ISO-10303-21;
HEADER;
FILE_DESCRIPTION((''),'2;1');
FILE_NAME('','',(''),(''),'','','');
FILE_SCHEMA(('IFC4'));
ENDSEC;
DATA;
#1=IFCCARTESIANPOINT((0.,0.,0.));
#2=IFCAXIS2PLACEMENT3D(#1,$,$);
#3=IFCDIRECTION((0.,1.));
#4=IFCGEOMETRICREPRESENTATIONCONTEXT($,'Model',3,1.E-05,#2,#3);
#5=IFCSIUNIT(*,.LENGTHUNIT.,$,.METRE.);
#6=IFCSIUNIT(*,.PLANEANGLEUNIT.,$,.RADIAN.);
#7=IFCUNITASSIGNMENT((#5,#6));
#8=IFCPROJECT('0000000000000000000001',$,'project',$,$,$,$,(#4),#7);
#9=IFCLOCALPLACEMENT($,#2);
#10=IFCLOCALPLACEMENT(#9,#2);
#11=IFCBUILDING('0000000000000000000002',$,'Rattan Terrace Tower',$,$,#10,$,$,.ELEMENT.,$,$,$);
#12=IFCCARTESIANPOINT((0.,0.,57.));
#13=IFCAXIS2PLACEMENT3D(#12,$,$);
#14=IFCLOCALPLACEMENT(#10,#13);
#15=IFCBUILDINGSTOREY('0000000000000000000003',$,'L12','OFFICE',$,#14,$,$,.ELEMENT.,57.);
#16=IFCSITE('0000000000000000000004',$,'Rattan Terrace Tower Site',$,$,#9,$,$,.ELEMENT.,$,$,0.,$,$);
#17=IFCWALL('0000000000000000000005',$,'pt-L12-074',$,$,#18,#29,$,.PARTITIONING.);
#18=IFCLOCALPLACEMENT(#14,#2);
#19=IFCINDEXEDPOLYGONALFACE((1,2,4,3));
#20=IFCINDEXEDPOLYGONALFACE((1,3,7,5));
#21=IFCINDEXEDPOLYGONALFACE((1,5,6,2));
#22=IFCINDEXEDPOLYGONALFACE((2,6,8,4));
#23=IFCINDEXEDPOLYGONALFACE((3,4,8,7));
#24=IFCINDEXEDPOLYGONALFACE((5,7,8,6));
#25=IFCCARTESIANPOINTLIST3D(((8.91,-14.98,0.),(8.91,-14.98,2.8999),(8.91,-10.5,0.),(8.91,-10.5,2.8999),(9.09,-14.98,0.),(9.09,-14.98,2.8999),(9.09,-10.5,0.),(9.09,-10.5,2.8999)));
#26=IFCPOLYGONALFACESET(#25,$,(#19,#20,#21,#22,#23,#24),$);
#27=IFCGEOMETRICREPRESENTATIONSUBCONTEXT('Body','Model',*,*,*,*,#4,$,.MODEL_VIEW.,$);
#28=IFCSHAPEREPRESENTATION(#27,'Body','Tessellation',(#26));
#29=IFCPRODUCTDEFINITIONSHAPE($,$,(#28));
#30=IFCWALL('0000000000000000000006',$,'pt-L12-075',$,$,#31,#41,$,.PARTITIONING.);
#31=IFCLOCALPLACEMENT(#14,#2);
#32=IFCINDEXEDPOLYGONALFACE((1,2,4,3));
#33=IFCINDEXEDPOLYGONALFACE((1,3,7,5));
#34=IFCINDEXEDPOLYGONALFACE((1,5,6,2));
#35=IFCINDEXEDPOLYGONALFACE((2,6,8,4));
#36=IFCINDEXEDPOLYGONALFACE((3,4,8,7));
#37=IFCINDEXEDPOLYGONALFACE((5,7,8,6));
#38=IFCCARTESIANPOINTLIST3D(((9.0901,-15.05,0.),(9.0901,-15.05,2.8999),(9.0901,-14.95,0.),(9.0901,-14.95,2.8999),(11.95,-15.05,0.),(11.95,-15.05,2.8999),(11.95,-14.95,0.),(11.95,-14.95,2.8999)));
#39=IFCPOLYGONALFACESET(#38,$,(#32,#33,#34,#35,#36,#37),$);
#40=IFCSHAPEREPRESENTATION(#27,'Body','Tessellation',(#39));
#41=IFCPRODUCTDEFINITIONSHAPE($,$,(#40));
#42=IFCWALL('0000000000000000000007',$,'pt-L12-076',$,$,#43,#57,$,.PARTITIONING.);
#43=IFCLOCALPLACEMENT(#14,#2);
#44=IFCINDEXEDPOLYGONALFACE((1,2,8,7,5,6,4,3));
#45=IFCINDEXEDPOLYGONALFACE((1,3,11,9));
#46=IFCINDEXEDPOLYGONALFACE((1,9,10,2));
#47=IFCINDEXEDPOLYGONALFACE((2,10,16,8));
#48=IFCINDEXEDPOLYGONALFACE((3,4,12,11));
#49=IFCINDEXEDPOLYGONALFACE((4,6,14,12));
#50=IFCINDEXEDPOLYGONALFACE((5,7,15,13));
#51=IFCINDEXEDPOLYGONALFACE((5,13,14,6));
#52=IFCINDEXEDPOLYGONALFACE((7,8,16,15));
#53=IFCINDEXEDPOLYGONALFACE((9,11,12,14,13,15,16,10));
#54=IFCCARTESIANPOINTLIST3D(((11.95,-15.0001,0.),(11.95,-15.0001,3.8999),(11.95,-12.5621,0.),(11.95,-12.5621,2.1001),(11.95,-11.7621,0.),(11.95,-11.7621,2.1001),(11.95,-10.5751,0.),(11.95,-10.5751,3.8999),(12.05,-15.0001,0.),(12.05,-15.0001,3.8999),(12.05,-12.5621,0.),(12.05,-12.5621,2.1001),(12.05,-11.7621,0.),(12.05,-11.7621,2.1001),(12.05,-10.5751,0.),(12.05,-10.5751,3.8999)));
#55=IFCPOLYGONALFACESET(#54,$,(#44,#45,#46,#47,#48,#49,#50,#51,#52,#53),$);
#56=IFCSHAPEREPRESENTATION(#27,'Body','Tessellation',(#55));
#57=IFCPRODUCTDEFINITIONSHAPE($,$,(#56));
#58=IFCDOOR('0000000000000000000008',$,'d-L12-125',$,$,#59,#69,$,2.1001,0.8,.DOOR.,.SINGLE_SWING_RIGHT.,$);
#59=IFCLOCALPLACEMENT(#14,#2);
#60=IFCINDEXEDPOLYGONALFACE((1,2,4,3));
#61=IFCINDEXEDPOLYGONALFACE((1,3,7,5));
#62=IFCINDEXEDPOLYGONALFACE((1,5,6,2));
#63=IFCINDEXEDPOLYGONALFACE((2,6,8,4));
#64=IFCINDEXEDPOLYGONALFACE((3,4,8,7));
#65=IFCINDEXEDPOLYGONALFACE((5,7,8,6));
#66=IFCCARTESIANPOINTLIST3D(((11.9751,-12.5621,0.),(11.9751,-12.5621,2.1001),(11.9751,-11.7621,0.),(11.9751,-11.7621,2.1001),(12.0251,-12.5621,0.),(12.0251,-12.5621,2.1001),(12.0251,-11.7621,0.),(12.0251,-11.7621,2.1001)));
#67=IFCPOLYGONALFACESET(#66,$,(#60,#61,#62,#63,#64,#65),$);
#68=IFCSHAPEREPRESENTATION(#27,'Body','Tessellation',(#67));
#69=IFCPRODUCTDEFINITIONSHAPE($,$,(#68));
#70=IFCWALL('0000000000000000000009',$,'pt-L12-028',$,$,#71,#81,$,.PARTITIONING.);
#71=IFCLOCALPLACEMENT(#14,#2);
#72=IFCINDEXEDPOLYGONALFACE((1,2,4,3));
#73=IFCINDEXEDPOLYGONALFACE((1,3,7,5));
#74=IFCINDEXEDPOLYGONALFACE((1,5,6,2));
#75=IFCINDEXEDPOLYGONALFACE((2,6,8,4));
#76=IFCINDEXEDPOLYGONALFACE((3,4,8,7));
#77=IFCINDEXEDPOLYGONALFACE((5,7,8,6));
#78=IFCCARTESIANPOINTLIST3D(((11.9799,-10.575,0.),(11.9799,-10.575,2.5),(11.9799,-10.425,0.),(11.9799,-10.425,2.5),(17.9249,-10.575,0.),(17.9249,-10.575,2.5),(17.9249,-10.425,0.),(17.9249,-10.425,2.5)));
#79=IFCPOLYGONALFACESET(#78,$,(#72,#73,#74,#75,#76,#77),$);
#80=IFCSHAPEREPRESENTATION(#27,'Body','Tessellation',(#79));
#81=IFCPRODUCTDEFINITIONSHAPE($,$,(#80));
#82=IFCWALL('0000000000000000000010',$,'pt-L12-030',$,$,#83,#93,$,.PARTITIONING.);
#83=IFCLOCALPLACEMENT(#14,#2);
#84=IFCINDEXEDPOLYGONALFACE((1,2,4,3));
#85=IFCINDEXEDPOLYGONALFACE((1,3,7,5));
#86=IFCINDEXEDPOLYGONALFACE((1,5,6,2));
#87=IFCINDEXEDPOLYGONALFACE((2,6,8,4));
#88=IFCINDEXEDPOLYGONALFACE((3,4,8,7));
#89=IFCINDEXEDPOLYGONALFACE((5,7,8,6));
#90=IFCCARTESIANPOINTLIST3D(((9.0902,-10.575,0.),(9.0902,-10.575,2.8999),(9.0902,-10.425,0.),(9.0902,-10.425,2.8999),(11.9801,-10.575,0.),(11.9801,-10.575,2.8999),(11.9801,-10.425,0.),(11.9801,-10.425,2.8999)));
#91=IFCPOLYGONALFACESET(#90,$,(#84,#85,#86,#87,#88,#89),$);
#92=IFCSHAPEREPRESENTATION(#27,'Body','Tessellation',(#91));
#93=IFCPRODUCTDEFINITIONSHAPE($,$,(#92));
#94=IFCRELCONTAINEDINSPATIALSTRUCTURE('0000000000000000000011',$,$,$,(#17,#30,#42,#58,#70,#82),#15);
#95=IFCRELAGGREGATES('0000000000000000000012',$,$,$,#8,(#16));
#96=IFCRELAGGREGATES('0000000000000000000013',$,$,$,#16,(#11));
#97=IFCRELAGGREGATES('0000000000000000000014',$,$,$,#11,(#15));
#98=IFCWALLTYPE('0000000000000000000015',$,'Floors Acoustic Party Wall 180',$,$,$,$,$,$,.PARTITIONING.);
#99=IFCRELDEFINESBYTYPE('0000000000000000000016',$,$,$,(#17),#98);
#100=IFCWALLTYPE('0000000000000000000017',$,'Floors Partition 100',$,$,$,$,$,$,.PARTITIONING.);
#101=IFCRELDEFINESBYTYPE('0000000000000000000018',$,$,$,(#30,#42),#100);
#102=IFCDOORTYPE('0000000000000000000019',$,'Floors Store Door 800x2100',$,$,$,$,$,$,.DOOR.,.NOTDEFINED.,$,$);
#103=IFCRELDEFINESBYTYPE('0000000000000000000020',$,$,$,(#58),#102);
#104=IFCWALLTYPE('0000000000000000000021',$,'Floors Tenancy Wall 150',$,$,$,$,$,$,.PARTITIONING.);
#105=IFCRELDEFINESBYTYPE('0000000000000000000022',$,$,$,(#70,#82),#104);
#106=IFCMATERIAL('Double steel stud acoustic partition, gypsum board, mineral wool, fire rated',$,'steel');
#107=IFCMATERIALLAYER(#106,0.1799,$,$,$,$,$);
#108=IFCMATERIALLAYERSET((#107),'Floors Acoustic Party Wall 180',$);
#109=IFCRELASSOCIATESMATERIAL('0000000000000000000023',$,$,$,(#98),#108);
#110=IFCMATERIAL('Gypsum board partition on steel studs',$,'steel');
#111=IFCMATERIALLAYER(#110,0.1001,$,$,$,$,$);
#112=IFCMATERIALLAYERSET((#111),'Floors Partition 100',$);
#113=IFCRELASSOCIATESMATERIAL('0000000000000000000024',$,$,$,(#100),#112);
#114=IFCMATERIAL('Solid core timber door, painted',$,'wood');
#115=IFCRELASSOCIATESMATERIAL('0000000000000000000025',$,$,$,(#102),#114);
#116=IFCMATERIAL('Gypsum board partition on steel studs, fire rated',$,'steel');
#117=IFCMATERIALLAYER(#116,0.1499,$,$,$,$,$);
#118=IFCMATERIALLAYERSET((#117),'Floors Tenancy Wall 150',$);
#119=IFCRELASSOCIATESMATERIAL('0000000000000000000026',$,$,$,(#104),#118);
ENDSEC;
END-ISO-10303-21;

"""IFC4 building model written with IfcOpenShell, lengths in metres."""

from ifc_helpers import new_model, si_unit, direction, frame, frame_2d, origin, place, context, subcontext, project, spatial, rectangle, extrude, material, layer, layer_set, type_object, element, fill, save


model = new_model("IFC4")

# Units and contexts
model_context = context("Model", 3, precision=1e-05, world=origin(), true_north=direction((0.0, 1.0)))
body_context = subcontext(model_context, "Body", "Model", "MODEL_VIEW")
ifc_project = project(units=[si_unit("LENGTHUNIT", "METRE"), si_unit("PLANEANGLEUNIT", "RADIAN")], contexts=[model_context])

# Site, building, storey
site_placement = place(None, origin())
site = spatial("IfcSite", under=ifc_project, at=site_placement, Name="Rattan Terrace Tower Site", CompositionType="ELEMENT", RefElevation=0.0)
building_placement = place(site_placement, origin())
building = spatial("IfcBuilding", under=site, at=building_placement, Name="Rattan Terrace Tower", CompositionType="ELEMENT")
storey_placement = place(building_placement, frame((0.0, 0.0, 57.0)))
storey = spatial("IfcBuildingStorey", under=building, at=storey_placement, Name="L12", Description="OFFICE", CompositionType="ELEMENT", Elevation=57.0)

# Walls
ifc_material_1 = material(Name="Double steel stud acoustic partition, gypsum board, mineral wool, fire rated", Category="steel")
ifc_layer_1 = layer(ifc_material_1, 0.1799)
ifc_layer_set_1 = layer_set([ifc_layer_1], Name="Floors Acoustic Party Wall 180")
wall_type_1 = type_object("IfcWallType", Name="Floors Acoustic Party Wall 180", PredefinedType="PARTITIONING", material=ifc_layer_set_1)
wall_1_placement = place(storey_placement, frame((9.0, -10.5, 0.0), z_axis=(0.0, 0.0, 1.0), x_axis=(0.0, -1.0, 0.0)))
element("IfcWall", 1, at=wall_1_placement, inside=storey, type_object=wall_type_1, Name="pt-L12-074", PredefinedType="PARTITIONING", context=body_context, shape_type="SweptSolid", body=[
    extrude(rectangle(XDim=4.48, YDim=0.1799, at=frame_2d((2.24, 0.0))), origin(), (0.0, 0.0, 1.0), 2.8999),
])
ifc_material_2 = material(Name="Gypsum board partition on steel studs", Category="steel")
ifc_layer_2 = layer(ifc_material_2, 0.1001)
ifc_layer_set_2 = layer_set([ifc_layer_2], Name="Floors Partition 100")
wall_type_2 = type_object("IfcWallType", Name="Floors Partition 100", PredefinedType="PARTITIONING", material=ifc_layer_set_2)
wall_2_placement = place(storey_placement, frame((9.0901, -15.0, 0.0), z_axis=(0.0, 0.0, 1.0), x_axis=(1.0, 0.0, 0.0)))
element("IfcWall", 2, at=wall_2_placement, inside=storey, type_object=wall_type_2, Name="pt-L12-075", PredefinedType="PARTITIONING", context=body_context, shape_type="SweptSolid", body=[
    extrude(rectangle(XDim=2.8599, YDim=0.1001, at=frame_2d((1.4299, 0.0))), origin(), (0.0, 0.0, 1.0), 2.8999),
])

# Wall, opening, door
wall_3_placement = place(storey_placement, frame((12.0, -15.0, 0.0), z_axis=(0.0, 0.0, 1.0), x_axis=(0.0, 1.0, 0.0)))
wall_3 = element("IfcWall", 3, at=wall_3_placement, inside=storey, type_object=wall_type_2, Name="pt-L12-076", PredefinedType="PARTITIONING", context=body_context, shape_type="SweptSolid", body=[
    extrude(rectangle(XDim=4.425, YDim=0.1001, at=frame_2d((2.2124, 0.0))), origin(), (0.0, 0.0, 1.0), 3.8999),
])
opening_1_placement = place(wall_3_placement, frame((2.438, 0.0, 0.0)))
opening_1 = element("IfcOpeningElement", 4, at=opening_1_placement, cuts=wall_3, PredefinedType="OPENING", context=body_context, shape_type="SweptSolid", body=[
    extrude(rectangle(XDim=0.8, YDim=2.1001, at=frame_2d((0.3999, 1.05))), frame((0.0, 0.0605, 0.0), z_axis=(0.0, -1.0, 0.0), x_axis=(1.0, 0.0, 0.0)), (0.0, 0.0, 1.0), 0.1211),
])
ifc_material_3 = material(Name="Solid core timber door, painted", Category="wood")
door_type_1 = type_object("IfcDoorType", Name="Floors Store Door 800x2100", OperationType="NOTDEFINED", PredefinedType="DOOR", material=ifc_material_3)
door_1_placement = place(opening_1_placement, origin())
door_1 = element("IfcDoor", 5, at=door_1_placement, inside=storey, type_object=door_type_1, Name="d-L12-125", OperationType="SINGLE_SWING_RIGHT", OverallHeight=2.1001, OverallWidth=0.8, PredefinedType="DOOR", context=body_context, shape_type="SweptSolid", body=[
    extrude(rectangle(XDim=0.8, YDim=2.1001, at=frame_2d((0.3999, 1.05))), frame((0.0, 0.0249, 0.0), z_axis=(0.0, -1.0, 0.0), x_axis=(1.0, 0.0, 0.0)), (0.0, 0.0, 1.0), 0.05),
])
fill(opening_1, door_1)

# Walls
ifc_material_4 = material(Name="Gypsum board partition on steel studs, fire rated", Category="steel")
ifc_layer_3 = layer(ifc_material_4, 0.1499)
ifc_layer_set_3 = layer_set([ifc_layer_3], Name="Floors Tenancy Wall 150")
wall_type_3 = type_object("IfcWallType", Name="Floors Tenancy Wall 150", PredefinedType="PARTITIONING", material=ifc_layer_set_3)
wall_4_placement = place(storey_placement, frame((17.925, -10.5, 0.0), z_axis=(0.0, 0.0, 1.0), x_axis=(-1.0, 0.0, 0.0)))
element("IfcWall", 6, at=wall_4_placement, inside=storey, type_object=wall_type_3, Name="pt-L12-028", PredefinedType="PARTITIONING", context=body_context, shape_type="SweptSolid", body=[
    extrude(rectangle(XDim=5.9451, YDim=0.1499, at=frame_2d((2.9727, 0.0))), origin(), (0.0, 0.0, 1.0), 2.5),
])
wall_5_placement = place(storey_placement, frame((11.98, -10.5, 0.0), z_axis=(0.0, 0.0, 1.0), x_axis=(-1.0, 0.0, 0.0)))
element("IfcWall", 7, at=wall_5_placement, inside=storey, type_object=wall_type_3, Name="pt-L12-030", PredefinedType="PARTITIONING", context=body_context, shape_type="SweptSolid", body=[
    extrude(rectangle(XDim=2.8899, YDim=0.1499, at=frame_2d((1.4448, 0.0))), origin(), (0.0, 0.0, 1.0), 2.8999),
])

save(model, "model.ifc")
